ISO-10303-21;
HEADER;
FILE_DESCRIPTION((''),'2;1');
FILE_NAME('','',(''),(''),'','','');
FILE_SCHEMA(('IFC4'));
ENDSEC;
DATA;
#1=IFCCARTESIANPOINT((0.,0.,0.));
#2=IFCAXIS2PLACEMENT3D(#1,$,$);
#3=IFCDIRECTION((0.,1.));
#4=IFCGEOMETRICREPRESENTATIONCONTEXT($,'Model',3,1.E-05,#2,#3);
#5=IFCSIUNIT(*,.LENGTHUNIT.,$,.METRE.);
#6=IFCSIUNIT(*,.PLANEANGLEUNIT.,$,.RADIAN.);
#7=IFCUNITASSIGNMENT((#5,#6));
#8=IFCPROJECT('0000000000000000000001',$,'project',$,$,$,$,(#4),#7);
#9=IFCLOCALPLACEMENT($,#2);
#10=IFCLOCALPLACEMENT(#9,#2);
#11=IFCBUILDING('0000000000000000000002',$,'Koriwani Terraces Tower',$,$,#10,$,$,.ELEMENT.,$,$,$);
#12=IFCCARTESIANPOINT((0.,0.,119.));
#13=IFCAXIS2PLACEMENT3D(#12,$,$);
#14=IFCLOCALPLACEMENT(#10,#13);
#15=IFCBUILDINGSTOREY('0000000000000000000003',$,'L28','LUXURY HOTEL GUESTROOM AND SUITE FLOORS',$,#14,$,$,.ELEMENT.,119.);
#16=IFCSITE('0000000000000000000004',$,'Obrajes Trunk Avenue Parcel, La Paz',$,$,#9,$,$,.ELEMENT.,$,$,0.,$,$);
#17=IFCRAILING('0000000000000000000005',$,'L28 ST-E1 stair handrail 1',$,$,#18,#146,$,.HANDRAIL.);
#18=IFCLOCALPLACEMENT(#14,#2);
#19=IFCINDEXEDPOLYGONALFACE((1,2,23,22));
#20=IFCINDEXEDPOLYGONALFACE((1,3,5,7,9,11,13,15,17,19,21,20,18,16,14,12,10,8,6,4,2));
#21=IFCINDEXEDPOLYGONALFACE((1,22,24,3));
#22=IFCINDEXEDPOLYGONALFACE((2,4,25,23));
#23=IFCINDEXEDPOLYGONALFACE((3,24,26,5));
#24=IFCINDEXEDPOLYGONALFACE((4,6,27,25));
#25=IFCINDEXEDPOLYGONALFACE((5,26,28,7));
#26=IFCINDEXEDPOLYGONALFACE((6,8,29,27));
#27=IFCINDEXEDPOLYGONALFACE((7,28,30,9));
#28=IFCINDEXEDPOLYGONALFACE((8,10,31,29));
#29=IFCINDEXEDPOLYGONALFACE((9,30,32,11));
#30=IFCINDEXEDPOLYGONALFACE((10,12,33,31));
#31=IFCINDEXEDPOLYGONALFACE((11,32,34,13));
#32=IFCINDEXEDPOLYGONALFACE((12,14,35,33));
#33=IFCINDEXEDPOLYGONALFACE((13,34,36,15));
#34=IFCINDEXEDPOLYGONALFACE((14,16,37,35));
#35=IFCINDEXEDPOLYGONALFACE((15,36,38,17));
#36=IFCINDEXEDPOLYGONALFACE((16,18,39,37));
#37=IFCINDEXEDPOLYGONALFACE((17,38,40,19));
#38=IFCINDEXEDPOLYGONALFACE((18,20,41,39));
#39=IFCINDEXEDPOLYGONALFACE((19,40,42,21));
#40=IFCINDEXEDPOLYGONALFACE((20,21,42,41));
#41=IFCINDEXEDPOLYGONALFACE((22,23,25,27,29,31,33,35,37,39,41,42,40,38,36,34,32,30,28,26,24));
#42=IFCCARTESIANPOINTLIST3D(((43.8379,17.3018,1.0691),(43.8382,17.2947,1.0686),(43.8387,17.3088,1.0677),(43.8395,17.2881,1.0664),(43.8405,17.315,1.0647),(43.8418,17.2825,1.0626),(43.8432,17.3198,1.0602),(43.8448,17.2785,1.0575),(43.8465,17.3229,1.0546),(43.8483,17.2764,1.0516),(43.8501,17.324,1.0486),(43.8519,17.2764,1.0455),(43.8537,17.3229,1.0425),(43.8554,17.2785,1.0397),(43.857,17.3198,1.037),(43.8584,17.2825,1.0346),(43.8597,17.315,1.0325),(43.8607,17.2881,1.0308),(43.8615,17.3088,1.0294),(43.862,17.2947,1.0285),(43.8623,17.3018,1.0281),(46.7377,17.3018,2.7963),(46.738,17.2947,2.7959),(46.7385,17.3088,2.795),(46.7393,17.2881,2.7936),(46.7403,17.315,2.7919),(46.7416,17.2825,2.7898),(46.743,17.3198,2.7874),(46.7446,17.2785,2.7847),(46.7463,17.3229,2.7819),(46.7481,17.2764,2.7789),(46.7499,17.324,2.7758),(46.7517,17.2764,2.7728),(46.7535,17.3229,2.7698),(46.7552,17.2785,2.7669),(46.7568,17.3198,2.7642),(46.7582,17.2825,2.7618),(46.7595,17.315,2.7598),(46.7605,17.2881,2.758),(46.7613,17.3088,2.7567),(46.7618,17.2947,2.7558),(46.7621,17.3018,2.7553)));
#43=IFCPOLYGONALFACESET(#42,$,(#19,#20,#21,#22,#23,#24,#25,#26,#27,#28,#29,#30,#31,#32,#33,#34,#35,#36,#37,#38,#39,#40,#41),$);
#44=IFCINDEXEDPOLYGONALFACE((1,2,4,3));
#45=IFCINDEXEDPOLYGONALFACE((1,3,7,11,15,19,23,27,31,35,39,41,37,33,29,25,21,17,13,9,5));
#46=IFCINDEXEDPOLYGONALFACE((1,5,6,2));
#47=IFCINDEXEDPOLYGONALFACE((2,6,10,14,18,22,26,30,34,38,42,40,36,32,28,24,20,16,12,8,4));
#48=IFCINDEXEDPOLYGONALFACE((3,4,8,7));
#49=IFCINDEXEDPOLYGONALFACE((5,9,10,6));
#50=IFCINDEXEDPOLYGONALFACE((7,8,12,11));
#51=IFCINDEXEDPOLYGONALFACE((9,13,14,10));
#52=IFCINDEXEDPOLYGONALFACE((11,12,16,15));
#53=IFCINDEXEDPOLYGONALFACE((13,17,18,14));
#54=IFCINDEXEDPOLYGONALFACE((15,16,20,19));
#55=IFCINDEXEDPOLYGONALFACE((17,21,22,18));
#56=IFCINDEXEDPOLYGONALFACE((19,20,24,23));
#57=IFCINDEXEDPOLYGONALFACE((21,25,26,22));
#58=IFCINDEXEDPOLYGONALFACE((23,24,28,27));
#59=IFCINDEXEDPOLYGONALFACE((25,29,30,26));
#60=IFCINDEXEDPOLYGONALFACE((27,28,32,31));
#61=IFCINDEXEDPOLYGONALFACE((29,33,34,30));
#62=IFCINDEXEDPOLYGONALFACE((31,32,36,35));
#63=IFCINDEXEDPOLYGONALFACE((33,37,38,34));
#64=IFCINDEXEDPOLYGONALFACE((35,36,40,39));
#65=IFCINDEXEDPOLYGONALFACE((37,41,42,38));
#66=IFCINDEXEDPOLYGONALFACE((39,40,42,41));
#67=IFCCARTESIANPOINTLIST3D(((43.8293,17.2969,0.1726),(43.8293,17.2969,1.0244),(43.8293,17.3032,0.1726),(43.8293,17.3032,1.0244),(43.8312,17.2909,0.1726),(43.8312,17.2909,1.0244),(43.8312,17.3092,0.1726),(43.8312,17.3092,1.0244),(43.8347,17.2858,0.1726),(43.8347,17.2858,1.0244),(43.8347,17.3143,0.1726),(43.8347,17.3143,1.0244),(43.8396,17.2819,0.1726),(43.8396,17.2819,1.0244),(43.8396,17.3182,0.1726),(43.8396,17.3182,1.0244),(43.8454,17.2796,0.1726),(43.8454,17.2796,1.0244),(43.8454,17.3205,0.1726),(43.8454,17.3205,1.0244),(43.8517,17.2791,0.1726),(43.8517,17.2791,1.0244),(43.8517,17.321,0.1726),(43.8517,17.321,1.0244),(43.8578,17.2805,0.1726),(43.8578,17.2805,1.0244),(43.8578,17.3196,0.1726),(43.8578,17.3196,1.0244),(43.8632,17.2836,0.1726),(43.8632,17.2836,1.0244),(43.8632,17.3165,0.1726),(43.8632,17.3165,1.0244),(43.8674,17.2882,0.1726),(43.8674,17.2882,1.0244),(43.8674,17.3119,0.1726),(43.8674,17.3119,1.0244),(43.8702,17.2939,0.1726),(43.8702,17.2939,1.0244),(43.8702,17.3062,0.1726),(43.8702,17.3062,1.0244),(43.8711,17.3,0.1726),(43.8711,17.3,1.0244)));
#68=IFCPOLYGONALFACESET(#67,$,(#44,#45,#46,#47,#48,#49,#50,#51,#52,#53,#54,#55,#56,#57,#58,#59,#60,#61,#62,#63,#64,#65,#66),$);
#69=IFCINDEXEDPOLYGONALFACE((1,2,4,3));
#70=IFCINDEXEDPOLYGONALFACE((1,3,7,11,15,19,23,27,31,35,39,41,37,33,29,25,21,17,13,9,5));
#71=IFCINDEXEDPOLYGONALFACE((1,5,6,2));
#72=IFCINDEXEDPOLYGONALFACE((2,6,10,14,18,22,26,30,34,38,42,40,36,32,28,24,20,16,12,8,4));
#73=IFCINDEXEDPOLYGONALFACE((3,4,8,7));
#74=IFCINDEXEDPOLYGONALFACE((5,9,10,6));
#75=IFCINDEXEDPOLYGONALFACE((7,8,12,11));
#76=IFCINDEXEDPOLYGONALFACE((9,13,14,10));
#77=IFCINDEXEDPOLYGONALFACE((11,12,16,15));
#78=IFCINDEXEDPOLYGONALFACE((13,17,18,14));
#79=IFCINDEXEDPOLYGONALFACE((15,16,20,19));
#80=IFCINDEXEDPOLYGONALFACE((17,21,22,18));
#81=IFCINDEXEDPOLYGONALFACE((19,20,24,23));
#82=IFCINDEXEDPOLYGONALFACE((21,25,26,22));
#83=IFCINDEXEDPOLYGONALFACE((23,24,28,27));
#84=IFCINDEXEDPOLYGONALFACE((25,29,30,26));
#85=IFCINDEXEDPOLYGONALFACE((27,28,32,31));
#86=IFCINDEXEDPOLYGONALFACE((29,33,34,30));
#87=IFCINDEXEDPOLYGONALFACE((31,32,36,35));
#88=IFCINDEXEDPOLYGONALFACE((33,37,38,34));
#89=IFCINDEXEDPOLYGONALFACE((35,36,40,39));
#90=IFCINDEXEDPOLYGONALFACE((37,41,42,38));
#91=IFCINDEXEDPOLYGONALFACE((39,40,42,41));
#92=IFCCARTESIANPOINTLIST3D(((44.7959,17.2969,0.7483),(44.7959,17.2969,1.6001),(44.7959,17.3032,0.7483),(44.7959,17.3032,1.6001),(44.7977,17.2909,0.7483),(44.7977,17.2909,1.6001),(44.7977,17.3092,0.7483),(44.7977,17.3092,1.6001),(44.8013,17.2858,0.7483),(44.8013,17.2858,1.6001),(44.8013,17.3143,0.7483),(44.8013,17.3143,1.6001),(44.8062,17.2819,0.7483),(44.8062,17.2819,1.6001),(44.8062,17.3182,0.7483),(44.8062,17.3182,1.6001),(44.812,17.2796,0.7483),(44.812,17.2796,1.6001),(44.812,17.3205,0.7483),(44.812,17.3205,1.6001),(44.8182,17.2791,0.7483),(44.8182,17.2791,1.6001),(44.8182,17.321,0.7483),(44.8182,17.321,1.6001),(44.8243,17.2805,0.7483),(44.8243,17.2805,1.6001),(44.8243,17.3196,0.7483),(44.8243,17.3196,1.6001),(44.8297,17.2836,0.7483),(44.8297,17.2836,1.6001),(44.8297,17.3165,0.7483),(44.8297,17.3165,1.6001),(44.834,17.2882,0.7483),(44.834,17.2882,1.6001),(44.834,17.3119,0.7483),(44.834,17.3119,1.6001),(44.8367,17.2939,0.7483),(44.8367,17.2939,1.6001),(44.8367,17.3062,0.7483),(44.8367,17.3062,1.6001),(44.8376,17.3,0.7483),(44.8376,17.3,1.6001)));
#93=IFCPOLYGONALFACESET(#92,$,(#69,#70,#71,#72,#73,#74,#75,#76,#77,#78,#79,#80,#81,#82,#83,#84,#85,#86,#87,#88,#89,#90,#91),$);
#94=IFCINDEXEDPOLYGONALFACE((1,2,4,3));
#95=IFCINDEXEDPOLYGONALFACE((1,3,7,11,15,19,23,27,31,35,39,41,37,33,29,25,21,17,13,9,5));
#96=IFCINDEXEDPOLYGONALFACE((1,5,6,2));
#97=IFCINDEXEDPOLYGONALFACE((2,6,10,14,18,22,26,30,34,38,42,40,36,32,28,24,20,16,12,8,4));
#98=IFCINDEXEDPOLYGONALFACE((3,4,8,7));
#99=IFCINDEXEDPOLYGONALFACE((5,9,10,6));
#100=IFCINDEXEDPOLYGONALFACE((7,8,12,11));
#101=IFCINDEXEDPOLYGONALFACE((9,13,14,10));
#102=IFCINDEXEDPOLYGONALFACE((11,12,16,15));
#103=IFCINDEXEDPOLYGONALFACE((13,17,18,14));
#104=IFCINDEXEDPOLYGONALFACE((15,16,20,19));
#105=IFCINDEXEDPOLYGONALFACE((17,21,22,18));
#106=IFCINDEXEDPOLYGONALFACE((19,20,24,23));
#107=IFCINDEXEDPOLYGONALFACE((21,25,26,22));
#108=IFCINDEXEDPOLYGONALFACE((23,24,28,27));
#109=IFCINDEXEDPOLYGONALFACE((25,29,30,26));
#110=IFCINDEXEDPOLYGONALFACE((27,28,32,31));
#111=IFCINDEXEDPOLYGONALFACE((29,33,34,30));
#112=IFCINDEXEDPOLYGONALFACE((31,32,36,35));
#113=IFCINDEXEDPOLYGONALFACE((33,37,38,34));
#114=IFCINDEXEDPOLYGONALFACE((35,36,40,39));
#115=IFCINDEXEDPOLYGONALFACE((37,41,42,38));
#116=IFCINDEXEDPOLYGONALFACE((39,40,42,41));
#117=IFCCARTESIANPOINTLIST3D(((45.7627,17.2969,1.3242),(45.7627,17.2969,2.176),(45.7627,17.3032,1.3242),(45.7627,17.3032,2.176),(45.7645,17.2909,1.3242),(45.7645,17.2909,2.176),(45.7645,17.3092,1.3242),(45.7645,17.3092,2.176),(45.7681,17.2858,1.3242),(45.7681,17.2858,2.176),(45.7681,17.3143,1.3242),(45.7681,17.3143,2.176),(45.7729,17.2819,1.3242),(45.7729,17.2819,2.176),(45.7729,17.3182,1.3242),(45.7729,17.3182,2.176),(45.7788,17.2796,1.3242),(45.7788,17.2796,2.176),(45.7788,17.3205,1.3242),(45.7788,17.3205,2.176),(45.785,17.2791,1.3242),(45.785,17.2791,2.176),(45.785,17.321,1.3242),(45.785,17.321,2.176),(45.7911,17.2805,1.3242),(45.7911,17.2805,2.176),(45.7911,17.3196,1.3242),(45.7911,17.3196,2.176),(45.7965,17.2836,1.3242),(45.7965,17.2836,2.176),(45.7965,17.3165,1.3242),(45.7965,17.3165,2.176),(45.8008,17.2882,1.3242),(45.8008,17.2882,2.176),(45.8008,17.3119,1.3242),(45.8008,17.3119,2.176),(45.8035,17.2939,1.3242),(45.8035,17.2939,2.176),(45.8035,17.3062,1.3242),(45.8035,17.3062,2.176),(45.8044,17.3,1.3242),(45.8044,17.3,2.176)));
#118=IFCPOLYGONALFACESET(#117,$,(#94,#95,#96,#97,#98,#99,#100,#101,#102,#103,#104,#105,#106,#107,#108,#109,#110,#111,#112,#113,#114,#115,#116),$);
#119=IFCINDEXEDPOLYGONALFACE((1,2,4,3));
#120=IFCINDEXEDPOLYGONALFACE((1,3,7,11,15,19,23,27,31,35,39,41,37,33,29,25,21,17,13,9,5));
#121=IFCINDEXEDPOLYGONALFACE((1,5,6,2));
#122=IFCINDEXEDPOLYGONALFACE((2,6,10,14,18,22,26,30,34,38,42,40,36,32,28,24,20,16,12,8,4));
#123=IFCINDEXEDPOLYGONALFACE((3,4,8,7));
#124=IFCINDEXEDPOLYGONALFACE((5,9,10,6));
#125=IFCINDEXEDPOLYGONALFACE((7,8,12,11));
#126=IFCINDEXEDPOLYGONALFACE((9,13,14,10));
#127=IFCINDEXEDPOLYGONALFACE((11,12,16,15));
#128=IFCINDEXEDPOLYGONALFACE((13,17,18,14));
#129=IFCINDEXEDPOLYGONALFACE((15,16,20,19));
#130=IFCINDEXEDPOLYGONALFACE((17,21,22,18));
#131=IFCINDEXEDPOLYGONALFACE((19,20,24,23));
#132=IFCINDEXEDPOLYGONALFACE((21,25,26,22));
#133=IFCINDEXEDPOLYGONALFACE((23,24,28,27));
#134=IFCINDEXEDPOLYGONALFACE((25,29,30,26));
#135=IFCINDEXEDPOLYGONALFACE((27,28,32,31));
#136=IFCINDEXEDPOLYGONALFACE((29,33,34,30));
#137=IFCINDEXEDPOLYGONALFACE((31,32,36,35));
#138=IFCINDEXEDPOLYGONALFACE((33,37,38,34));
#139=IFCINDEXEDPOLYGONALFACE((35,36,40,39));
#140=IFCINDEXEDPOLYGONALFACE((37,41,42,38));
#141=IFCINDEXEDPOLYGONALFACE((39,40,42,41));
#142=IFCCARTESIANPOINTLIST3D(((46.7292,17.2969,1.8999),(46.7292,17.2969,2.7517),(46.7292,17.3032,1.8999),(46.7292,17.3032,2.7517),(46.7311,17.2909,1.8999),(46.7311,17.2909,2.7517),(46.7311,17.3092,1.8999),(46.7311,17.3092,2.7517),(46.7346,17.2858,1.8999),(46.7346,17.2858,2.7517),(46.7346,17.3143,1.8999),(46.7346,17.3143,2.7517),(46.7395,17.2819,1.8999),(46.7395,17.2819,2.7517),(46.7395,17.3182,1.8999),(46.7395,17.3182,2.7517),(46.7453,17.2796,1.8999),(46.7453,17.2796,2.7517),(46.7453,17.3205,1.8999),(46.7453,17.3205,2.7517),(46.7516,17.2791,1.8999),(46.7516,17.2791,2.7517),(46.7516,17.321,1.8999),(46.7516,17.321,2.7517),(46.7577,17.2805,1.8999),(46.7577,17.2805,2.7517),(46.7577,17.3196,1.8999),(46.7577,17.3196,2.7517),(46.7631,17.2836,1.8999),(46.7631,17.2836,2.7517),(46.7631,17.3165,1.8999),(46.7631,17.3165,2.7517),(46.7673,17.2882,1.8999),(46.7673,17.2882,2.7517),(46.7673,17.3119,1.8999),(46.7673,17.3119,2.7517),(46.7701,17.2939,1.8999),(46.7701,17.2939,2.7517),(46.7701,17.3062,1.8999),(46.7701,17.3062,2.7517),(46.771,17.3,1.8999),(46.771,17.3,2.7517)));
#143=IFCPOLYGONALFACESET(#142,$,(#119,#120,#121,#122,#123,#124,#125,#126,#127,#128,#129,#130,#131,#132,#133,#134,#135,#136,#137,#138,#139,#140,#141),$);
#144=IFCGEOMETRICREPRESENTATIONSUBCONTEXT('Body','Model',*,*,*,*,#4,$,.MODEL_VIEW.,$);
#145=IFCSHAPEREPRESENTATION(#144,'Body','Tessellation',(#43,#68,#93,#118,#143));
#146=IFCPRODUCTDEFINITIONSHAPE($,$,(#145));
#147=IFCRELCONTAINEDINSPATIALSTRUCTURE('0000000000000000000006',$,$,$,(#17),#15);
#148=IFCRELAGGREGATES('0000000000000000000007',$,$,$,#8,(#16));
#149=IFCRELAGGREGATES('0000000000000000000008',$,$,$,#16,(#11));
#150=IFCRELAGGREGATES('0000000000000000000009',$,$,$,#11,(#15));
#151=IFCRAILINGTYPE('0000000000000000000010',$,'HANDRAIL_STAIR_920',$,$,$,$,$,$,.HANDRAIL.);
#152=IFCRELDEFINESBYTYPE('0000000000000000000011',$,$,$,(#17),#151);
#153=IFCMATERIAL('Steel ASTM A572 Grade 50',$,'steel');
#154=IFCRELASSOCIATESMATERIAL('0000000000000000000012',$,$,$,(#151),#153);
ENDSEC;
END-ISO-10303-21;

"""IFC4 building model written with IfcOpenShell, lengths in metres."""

from ifc_helpers import new_model, si_unit, direction, frame, origin, origin_2d, place, context, subcontext, project, spatial, circle, extrude, material, type_object, element, save


model = new_model("IFC4")

# Units and contexts
model_context = context("Model", 3, precision=1e-05, world=origin(), true_north=direction((0.0, 1.0)))
body_context = subcontext(model_context, "Body", "Model", "MODEL_VIEW")
ifc_project = project(units=[si_unit("LENGTHUNIT", "METRE"), si_unit("PLANEANGLEUNIT", "RADIAN")], contexts=[model_context])

# Site, building, storey
site_placement = place(None, origin())
site = spatial("IfcSite", under=ifc_project, at=site_placement, Name="Obrajes Trunk Avenue Parcel, La Paz", CompositionType="ELEMENT", RefElevation=0.0)
building_placement = place(site_placement, origin())
building = spatial("IfcBuilding", under=site, at=building_placement, Name="Koriwani Terraces Tower", CompositionType="ELEMENT")
storey_placement = place(building_placement, frame((0.0, 0.0, 119.0)))
storey = spatial("IfcBuildingStorey", under=building, at=storey_placement, Name="L28", Description="LUXURY HOTEL GUESTROOM AND SUITE FLOORS", CompositionType="ELEMENT", Elevation=119.0)

# Shared definitions
ifc_material_1 = material(Name="Steel ASTM A572 Grade 50", Category="steel")

# Railing
railing_type_1 = type_object("IfcRailingType", Name="HANDRAIL_STAIR_920", PredefinedType="HANDRAIL", material=ifc_material_1)
railing_1_placement = place(storey_placement, frame((43.8501, 17.3, 0.1726)))
element("IfcRailing", 1, at=railing_1_placement, inside=storey, type_object=railing_type_1, Name="L28 ST-E1 stair handrail 1", PredefinedType="HANDRAIL", context=body_context, shape_type="SweptSolid", body=[
    extrude(circle(Radius=0.0239, at=origin_2d()), frame((0.0, 0.0, 0.876), z_axis=(0.859141, 0.0, 0.511738), x_axis=(0.0, 1.0, 0.0)), (0.0, 0.0, 1.0), 3.3752),
    extrude(circle(Radius=0.021, at=origin_2d()), origin(), (0.0, 0.0, 1.0), 0.8518),
    extrude(circle(Radius=0.021, at=origin_2d()), frame((0.9666, 0.0, 0.5757)), (0.0, 0.0, 1.0), 0.8518),
    extrude(circle(Radius=0.021, at=origin_2d()), frame((1.9333, 0.0, 1.1516)), (0.0, 0.0, 1.0), 0.8518),
    extrude(circle(Radius=0.021, at=origin_2d()), frame((2.8999, 0.0, 1.7273)), (0.0, 0.0, 1.0), 0.8518),
])

save(model, "model.ifc")
